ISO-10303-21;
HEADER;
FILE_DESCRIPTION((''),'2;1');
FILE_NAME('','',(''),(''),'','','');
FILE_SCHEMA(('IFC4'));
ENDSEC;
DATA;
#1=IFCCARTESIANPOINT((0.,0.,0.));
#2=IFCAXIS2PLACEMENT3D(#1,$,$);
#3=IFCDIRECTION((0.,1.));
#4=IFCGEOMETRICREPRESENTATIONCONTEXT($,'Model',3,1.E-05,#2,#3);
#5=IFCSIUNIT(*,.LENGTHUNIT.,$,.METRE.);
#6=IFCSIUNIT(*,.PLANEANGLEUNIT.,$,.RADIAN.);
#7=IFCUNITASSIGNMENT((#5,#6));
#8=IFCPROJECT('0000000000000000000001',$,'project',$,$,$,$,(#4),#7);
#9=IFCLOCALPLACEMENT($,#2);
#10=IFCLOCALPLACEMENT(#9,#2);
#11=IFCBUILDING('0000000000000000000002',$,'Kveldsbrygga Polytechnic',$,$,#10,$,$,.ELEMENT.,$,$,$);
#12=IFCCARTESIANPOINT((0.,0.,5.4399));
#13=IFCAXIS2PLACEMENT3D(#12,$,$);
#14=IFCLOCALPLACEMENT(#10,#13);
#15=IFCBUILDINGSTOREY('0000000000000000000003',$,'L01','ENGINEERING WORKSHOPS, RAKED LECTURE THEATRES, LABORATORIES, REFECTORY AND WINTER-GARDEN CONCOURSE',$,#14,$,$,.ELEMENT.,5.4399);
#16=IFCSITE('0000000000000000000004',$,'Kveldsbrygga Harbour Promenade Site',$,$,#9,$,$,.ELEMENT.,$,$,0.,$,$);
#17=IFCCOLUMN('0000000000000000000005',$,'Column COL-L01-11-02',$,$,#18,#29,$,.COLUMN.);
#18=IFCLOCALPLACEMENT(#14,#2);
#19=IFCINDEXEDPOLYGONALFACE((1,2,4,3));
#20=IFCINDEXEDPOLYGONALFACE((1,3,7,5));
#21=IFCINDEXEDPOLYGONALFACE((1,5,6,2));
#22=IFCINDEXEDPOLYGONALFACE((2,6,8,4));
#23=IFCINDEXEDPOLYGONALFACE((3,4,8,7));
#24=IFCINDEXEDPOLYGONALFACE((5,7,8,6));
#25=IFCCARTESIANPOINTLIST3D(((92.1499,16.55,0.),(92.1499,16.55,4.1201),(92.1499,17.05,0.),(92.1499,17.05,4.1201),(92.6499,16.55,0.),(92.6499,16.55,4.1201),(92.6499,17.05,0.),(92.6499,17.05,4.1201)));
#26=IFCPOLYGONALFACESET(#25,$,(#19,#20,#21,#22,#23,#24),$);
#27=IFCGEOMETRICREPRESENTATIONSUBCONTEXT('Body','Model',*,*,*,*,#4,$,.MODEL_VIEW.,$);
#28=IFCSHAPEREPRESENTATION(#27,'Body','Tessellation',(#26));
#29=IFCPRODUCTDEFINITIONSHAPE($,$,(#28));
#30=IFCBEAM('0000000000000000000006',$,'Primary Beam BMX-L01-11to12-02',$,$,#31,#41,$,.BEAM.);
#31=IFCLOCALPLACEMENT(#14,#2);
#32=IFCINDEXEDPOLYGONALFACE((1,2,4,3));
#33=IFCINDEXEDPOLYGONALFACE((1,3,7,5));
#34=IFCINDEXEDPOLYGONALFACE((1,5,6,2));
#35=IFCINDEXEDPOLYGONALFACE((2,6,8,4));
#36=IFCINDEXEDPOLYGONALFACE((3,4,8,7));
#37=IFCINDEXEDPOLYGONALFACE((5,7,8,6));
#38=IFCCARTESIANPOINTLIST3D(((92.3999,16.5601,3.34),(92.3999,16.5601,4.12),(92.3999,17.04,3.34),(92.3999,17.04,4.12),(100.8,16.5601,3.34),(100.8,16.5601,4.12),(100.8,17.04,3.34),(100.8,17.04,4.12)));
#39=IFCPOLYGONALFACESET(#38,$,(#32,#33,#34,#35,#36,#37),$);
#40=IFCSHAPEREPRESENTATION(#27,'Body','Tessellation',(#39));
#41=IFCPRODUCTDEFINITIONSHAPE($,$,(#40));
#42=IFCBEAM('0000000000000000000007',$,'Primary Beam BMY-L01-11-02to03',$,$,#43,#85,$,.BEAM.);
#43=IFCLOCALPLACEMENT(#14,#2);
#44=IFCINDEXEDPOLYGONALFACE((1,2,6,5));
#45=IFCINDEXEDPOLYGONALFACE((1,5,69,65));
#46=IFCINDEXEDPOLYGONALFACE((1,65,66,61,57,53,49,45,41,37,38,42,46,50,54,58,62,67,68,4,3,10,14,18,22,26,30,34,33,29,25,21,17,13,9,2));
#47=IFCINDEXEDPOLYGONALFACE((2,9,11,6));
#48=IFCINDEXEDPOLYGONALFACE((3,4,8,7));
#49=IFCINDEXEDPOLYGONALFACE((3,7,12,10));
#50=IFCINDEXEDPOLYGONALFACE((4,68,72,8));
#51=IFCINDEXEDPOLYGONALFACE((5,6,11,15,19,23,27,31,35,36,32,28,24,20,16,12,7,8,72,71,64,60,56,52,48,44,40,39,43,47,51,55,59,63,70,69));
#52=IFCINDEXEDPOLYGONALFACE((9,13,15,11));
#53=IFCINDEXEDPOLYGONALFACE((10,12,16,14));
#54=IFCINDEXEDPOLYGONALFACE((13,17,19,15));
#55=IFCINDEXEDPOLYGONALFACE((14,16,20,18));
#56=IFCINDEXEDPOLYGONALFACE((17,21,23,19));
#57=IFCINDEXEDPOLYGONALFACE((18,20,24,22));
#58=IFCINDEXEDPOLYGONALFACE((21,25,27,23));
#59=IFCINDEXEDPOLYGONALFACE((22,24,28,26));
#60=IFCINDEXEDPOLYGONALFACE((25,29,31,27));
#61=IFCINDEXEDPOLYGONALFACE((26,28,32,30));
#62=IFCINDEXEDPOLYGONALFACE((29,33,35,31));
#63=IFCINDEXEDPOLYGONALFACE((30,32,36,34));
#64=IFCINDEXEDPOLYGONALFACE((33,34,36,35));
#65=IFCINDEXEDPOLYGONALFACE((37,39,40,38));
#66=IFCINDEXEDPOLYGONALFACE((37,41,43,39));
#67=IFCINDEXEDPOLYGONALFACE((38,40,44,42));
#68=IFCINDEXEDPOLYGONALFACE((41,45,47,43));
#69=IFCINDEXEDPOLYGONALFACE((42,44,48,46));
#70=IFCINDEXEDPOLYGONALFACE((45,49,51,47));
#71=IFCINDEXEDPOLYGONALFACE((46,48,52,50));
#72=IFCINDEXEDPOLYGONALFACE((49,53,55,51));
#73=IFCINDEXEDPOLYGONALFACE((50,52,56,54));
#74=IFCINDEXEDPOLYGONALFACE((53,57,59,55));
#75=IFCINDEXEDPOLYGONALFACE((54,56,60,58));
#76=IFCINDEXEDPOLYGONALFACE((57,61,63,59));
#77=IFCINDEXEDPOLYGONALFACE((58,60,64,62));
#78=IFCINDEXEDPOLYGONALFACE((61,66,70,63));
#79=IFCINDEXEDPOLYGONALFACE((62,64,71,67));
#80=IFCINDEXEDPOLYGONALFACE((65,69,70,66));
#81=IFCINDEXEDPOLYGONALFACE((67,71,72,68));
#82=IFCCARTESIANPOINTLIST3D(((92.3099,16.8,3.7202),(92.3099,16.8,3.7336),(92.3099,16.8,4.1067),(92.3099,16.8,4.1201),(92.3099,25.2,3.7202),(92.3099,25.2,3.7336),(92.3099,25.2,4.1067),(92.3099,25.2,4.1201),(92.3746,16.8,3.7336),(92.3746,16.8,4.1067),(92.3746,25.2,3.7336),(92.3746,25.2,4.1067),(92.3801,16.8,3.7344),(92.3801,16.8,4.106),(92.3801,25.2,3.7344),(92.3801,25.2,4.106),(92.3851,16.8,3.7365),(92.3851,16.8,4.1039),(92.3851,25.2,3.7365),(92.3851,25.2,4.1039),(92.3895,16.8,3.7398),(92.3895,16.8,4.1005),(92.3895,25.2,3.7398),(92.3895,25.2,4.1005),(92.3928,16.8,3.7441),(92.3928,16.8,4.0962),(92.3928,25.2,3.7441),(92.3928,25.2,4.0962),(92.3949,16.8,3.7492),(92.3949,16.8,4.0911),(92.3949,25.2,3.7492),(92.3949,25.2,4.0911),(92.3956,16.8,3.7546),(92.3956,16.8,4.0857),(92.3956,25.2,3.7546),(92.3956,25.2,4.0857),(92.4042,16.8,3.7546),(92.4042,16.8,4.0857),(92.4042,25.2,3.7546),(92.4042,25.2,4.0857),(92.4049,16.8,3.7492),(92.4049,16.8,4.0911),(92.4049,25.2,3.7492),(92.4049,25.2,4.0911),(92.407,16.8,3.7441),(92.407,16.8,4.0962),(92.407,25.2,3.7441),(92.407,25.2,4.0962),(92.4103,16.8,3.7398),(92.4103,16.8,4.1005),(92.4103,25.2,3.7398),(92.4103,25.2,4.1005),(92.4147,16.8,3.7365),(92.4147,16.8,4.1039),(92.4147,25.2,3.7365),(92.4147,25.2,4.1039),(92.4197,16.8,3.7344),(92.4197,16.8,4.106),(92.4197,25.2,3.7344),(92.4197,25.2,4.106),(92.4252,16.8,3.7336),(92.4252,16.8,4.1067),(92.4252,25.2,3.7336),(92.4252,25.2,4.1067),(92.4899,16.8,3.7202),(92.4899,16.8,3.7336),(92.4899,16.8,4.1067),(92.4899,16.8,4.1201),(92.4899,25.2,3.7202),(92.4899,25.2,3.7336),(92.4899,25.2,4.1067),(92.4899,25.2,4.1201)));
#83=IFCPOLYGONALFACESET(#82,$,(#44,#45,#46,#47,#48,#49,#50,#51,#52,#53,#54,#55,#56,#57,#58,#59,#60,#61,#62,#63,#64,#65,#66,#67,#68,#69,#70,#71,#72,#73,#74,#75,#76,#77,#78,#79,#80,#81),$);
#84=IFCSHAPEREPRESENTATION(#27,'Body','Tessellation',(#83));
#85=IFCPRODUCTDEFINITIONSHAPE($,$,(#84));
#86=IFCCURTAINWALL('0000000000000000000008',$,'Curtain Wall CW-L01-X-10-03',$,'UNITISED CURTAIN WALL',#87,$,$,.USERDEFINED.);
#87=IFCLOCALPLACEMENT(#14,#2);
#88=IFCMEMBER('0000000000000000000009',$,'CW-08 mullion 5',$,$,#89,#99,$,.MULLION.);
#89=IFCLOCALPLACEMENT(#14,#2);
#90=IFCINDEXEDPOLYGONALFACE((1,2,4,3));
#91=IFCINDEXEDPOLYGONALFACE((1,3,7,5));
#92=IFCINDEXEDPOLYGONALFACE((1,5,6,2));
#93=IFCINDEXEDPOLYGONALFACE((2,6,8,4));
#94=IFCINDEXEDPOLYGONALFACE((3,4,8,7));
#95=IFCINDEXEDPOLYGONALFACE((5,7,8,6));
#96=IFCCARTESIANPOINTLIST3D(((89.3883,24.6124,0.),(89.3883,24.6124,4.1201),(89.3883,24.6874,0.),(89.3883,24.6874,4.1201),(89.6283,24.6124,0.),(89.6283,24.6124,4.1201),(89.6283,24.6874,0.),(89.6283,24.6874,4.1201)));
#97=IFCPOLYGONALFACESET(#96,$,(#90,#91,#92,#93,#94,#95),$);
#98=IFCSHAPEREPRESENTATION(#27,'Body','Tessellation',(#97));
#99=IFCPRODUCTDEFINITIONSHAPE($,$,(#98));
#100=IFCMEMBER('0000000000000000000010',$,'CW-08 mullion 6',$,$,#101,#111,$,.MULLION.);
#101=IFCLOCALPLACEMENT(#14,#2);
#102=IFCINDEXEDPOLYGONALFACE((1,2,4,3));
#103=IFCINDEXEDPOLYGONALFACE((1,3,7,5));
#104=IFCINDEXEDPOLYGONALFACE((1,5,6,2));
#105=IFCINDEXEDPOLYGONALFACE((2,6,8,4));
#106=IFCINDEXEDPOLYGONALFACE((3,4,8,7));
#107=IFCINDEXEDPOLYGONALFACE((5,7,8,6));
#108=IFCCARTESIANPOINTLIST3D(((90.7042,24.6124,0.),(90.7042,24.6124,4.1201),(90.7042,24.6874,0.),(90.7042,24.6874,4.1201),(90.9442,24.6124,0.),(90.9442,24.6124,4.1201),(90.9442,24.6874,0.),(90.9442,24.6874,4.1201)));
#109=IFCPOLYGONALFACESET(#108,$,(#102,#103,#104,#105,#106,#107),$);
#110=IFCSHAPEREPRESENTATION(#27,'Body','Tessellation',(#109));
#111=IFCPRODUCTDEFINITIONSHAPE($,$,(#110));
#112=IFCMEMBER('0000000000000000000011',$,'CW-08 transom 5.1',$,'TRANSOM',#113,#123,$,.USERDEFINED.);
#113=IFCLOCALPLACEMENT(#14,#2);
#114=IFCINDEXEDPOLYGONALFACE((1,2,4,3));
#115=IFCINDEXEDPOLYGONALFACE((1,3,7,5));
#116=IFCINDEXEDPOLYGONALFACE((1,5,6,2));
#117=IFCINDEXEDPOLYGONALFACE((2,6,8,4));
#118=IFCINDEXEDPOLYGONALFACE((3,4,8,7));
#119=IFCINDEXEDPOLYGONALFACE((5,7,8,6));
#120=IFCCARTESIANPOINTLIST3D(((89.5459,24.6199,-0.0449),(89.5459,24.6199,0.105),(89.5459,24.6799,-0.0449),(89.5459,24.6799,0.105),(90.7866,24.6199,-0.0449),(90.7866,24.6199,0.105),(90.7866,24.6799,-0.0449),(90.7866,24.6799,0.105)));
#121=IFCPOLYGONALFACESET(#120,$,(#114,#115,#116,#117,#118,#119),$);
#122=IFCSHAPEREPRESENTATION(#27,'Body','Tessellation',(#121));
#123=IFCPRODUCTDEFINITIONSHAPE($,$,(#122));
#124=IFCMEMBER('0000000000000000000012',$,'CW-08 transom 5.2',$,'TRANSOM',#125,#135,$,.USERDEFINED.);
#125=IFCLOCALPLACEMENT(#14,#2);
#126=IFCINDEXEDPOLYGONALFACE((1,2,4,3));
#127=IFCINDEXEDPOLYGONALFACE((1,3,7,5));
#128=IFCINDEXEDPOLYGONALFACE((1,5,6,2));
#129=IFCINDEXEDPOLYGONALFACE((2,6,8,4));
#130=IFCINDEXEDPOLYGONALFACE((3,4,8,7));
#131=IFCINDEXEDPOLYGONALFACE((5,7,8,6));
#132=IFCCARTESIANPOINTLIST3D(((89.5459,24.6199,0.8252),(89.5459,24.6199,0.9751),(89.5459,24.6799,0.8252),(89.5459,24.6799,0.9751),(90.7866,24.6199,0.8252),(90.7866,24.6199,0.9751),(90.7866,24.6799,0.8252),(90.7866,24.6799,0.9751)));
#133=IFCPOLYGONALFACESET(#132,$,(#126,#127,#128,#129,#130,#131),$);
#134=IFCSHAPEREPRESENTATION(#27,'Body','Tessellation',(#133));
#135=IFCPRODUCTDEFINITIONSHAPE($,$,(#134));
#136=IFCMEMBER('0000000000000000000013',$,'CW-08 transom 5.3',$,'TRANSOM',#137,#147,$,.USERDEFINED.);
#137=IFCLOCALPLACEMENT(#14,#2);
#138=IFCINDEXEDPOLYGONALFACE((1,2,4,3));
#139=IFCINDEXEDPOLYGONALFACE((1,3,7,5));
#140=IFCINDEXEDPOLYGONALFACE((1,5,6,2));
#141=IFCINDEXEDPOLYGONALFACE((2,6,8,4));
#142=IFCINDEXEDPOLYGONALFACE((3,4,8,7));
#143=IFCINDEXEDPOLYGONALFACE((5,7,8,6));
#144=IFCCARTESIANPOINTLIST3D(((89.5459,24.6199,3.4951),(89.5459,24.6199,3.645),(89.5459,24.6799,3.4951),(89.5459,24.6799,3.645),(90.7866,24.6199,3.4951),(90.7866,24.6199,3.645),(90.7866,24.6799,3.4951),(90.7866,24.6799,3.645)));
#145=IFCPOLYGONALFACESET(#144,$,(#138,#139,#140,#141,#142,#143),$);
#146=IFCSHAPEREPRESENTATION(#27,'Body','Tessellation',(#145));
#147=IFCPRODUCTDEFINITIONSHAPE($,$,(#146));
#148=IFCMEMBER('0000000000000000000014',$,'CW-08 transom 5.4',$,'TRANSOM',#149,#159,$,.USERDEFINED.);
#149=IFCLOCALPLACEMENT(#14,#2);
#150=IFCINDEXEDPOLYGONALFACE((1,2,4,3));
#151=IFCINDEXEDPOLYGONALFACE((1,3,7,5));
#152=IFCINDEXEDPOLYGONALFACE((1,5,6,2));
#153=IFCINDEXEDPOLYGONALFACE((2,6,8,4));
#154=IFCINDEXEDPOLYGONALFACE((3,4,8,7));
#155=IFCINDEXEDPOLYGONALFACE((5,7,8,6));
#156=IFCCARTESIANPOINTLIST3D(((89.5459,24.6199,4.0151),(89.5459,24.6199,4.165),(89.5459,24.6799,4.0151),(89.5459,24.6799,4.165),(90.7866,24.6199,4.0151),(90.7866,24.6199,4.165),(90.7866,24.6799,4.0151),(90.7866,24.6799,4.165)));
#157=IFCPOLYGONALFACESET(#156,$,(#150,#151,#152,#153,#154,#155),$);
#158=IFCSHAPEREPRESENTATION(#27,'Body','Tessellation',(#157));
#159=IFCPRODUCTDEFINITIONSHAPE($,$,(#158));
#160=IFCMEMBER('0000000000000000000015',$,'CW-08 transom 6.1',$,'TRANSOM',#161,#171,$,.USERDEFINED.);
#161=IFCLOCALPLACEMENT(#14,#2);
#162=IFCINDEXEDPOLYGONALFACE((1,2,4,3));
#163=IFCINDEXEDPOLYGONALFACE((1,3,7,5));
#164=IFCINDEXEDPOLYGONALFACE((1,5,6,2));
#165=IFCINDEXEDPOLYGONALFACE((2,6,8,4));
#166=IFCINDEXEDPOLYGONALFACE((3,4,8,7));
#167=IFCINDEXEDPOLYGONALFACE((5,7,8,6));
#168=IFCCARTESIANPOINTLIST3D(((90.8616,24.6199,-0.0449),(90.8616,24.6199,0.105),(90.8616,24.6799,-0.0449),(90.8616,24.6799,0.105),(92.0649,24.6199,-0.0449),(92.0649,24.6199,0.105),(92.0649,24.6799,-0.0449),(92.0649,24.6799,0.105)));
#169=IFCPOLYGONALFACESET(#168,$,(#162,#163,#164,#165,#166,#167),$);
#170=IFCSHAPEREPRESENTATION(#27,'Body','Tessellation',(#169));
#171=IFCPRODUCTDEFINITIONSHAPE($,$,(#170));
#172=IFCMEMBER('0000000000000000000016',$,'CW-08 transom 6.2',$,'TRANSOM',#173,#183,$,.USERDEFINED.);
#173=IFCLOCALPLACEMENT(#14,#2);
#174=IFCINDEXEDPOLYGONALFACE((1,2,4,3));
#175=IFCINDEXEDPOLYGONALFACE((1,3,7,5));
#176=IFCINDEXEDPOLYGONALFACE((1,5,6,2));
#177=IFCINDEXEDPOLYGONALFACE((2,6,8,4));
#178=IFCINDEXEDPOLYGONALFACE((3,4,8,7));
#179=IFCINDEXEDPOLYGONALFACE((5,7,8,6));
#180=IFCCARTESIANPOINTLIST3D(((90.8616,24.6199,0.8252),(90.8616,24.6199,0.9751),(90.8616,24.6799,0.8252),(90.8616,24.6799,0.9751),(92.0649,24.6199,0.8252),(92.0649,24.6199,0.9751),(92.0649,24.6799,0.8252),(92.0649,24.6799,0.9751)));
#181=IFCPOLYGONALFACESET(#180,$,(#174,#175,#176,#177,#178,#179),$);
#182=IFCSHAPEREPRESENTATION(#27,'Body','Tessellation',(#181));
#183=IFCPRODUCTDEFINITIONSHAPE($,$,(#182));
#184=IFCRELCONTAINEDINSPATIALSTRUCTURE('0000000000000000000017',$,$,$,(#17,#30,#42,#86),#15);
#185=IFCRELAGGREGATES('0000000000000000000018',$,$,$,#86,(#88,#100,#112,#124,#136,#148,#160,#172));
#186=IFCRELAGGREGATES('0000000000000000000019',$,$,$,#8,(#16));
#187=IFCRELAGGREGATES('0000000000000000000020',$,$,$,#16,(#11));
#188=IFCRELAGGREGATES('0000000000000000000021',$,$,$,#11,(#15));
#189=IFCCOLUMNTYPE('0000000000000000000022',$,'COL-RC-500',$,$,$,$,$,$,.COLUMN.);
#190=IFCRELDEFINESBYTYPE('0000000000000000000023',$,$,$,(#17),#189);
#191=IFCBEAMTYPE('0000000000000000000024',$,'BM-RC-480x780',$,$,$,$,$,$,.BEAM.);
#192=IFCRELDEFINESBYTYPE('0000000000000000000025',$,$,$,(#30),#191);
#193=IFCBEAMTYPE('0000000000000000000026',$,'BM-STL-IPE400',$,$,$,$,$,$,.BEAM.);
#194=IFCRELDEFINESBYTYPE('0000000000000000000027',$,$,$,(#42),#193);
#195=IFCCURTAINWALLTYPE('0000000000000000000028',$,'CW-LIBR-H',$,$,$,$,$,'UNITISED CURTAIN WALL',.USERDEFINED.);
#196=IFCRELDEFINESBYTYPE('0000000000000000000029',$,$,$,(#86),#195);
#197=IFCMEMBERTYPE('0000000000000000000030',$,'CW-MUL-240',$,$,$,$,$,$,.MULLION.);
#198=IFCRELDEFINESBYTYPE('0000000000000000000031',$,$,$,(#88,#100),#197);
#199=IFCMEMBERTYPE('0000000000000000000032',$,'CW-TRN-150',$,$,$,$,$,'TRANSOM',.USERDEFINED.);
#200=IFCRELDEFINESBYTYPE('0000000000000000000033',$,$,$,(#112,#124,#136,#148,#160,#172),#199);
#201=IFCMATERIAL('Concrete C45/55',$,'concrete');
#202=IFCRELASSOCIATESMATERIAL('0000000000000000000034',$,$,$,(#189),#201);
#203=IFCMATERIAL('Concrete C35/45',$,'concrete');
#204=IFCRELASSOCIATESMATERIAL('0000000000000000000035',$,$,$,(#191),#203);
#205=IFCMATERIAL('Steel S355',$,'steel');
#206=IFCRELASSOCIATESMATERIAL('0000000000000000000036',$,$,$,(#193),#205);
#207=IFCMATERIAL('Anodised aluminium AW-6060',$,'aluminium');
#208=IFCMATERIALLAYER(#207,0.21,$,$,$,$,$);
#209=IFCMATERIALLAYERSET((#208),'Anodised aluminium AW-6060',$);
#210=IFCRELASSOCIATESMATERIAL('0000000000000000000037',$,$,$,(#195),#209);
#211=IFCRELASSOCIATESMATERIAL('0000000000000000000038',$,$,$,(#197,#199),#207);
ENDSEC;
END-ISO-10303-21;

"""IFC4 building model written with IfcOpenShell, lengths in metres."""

from ifc_helpers import new_model, si_unit, direction, frame, origin, origin_2d, place, context, subcontext, project, spatial, rectangle, i_section, extrude, material, layer, layer_set, material_profile, profile_set, type_object, element, aggregate, save


model = new_model("IFC4")

# Units and contexts
model_context = context("Model", 3, precision=1e-05, world=origin(), true_north=direction((0.0, 1.0)))
body_context = subcontext(model_context, "Body", "Model", "MODEL_VIEW")
ifc_project = project(units=[si_unit("LENGTHUNIT", "METRE"), si_unit("PLANEANGLEUNIT", "RADIAN")], contexts=[model_context])

# Site, building, storey
site_placement = place(None, origin())
site = spatial("IfcSite", under=ifc_project, at=site_placement, Name="Kveldsbrygga Harbour Promenade Site", CompositionType="ELEMENT", RefElevation=0.0)
building_placement = place(site_placement, origin())
building = spatial("IfcBuilding", under=site, at=building_placement, Name="Kveldsbrygga Polytechnic", CompositionType="ELEMENT")
storey_placement = place(building_placement, frame((0.0, 0.0, 5.4399)))
storey = spatial("IfcBuildingStorey", under=building, at=storey_placement, Name="L01", Description="ENGINEERING WORKSHOPS, RAKED LECTURE THEATRES, LABORATORIES, REFECTORY AND WINTER-GARDEN CONCOURSE", CompositionType="ELEMENT", Elevation=5.4399)

# Column
ifc_material_1 = material(Name="Concrete C45/55", Category="concrete")
ifc_material_profile_1 = material_profile(ifc_material_1, rectangle(XDim=0.5, YDim=0.5, at=origin_2d()), Name="RC 500x500")
ifc_profile_set_1 = profile_set([ifc_material_profile_1], Name="Concrete C45/55")
column_type = type_object("IfcColumnType", Name="COL-RC-500", PredefinedType="COLUMN", material=ifc_profile_set_1)
column_placement = place(storey_placement, frame((92.3999, 16.8, 0.0), z_axis=(0.0, 0.0, 1.0), x_axis=(1.0, 0.0, 0.0)))
element("IfcColumn", 1, at=column_placement, inside=storey, type_object=column_type, Name="Column COL-L01-11-02", PredefinedType="COLUMN", context=body_context, shape_type="SweptSolid", body=[
    extrude(rectangle(XDim=0.5, YDim=0.5, at=origin_2d()), origin(), (0.0, 0.0, 1.0), 4.1201),
])

# Beams
ifc_material_2 = material(Name="Concrete C35/45", Category="concrete")
ifc_material_profile_2 = material_profile(ifc_material_2, rectangle(XDim=0.48, YDim=0.78, at=origin_2d()), Name="RC 480x780")
ifc_profile_set_2 = profile_set([ifc_material_profile_2], Name="Concrete C35/45")
beam_type_1 = type_object("IfcBeamType", Name="BM-RC-480x780", PredefinedType="BEAM", material=ifc_profile_set_2)
beam_1_placement = place(storey_placement, frame((92.3999, 16.8, 3.73), z_axis=(1.0, 0.0, 0.0), x_axis=(0.0, 1.0, 0.0)))
element("IfcBeam", 2, at=beam_1_placement, inside=storey, type_object=beam_type_1, Name="Primary Beam BMX-L01-11to12-02", PredefinedType="BEAM", context=body_context, shape_type="SweptSolid", body=[
    extrude(rectangle(XDim=0.48, YDim=0.78, at=origin_2d()), origin(), (0.0, 0.0, 1.0), 8.4001),
])
ifc_material_3 = material(Name="Steel S355", Category="steel")
ifc_material_profile_3 = material_profile(ifc_material_3, i_section(OverallWidth=0.1799, OverallDepth=0.3999, WebThickness=0.0085, FlangeThickness=0.0134, FilletRadius=0.021, at=origin_2d()), Name="IPE 400")
ifc_profile_set_3 = profile_set([ifc_material_profile_3], Name="Steel S355")
beam_type_2 = type_object("IfcBeamType", Name="BM-STL-IPE400", PredefinedType="BEAM", material=ifc_profile_set_3)
beam_2_placement = place(storey_placement, frame((92.3999, 16.8, 3.9202), z_axis=(0.0, 1.0, 0.0), x_axis=(-1.0, 0.0, 0.0)))
element("IfcBeam", 3, at=beam_2_placement, inside=storey, type_object=beam_type_2, Name="Primary Beam BMY-L01-11-02to03", PredefinedType="BEAM", context=body_context, shape_type="SweptSolid", body=[
    extrude(i_section(OverallWidth=0.1799, OverallDepth=0.3999, WebThickness=0.0085, FlangeThickness=0.0134, FilletRadius=0.021, at=origin_2d()), origin(), (0.0, 0.0, 1.0), 8.3999),
])

# Curtain wall, members
ifc_material_4 = material(Name="Anodised aluminium AW-6060", Category="aluminium")
ifc_layer_1 = layer(ifc_material_4, 0.21)
ifc_layer_set_1 = layer_set([ifc_layer_1], Name="Anodised aluminium AW-6060")
curtain_wall_type = type_object("IfcCurtainWallType", Name="CW-LIBR-H", ElementType="UNITISED CURTAIN WALL", PredefinedType="USERDEFINED", material=ifc_layer_set_1)
curtain_wall_placement = place(storey_placement, origin())
curtain_wall = element("IfcCurtainWall", 4, at=curtain_wall_placement, inside=storey, type_object=curtain_wall_type, Name="Curtain Wall CW-L01-X-10-03", ObjectType="UNITISED CURTAIN WALL", PredefinedType="USERDEFINED")
ifc_material_profile_4 = material_profile(ifc_material_4, rectangle(XDim=0.075, YDim=0.24, at=origin_2d()), Name="ALU 75x240")
ifc_profile_set_4 = profile_set([ifc_material_profile_4], Name="Anodised aluminium AW-6060")
member_type_1 = type_object("IfcMemberType", Name="CW-MUL-240", PredefinedType="MULLION", material=ifc_profile_set_4)
member_1_placement = place(storey_placement, frame((89.5083, 24.6499, 0.0), z_axis=(0.0, 0.0, 1.0), x_axis=(0.0, 1.0, 0.0)))
member_1 = element("IfcMember", 5, at=member_1_placement, type_object=member_type_1, Name="CW-08 mullion 5", PredefinedType="MULLION", context=body_context, shape_type="SweptSolid", body=[
    extrude(rectangle(XDim=0.075, YDim=0.24, at=origin_2d()), origin(), (0.0, 0.0, 1.0), 4.1201),
])
member_2_placement = place(storey_placement, frame((90.8242, 24.6499, 0.0), z_axis=(0.0, 0.0, 1.0), x_axis=(0.0, 1.0, 0.0)))
member_2 = element("IfcMember", 6, at=member_2_placement, type_object=member_type_1, Name="CW-08 mullion 6", PredefinedType="MULLION", context=body_context, shape_type="SweptSolid", body=[
    extrude(rectangle(XDim=0.075, YDim=0.24, at=origin_2d()), origin(), (0.0, 0.0, 1.0), 4.1201),
])
ifc_material_profile_5 = material_profile(ifc_material_4, rectangle(XDim=0.0601, YDim=0.1499, at=origin_2d()), Name="ALU 60x150")
ifc_profile_set_5 = profile_set([ifc_material_profile_5], Name="Anodised aluminium AW-6060")
member_type_2 = type_object("IfcMemberType", Name="CW-TRN-150", ElementType="TRANSOM", PredefinedType="USERDEFINED", material=ifc_profile_set_5)
member_3_placement = place(storey_placement, frame((89.5459, 24.6499, 0.03), z_axis=(1.0, 0.0, 0.0), x_axis=(0.0, 1.0, 0.0)))
member_3 = element("IfcMember", 7, at=member_3_placement, type_object=member_type_2, Name="CW-08 transom 5.1", ObjectType="TRANSOM", PredefinedType="USERDEFINED", context=body_context, shape_type="SweptSolid", body=[
    extrude(rectangle(XDim=0.0601, YDim=0.1499, at=origin_2d()), origin(), (0.0, 0.0, 1.0), 1.2407),
])
member_4_placement = place(storey_placement, frame((89.5459, 24.6499, 0.9001), z_axis=(1.0, 0.0, 0.0), x_axis=(0.0, 1.0, 0.0)))
member_4 = element("IfcMember", 8, at=member_4_placement, type_object=member_type_2, Name="CW-08 transom 5.2", ObjectType="TRANSOM", PredefinedType="USERDEFINED", context=body_context, shape_type="SweptSolid", body=[
    extrude(rectangle(XDim=0.0601, YDim=0.1499, at=origin_2d()), origin(), (0.0, 0.0, 1.0), 1.2407),
])
member_5_placement = place(storey_placement, frame((89.5459, 24.6499, 3.5701), z_axis=(1.0, 0.0, 0.0), x_axis=(0.0, 1.0, 0.0)))
member_5 = element("IfcMember", 9, at=member_5_placement, type_object=member_type_2, Name="CW-08 transom 5.3", ObjectType="TRANSOM", PredefinedType="USERDEFINED", context=body_context, shape_type="SweptSolid", body=[
    extrude(rectangle(XDim=0.0601, YDim=0.1499, at=origin_2d()), origin(), (0.0, 0.0, 1.0), 1.2407),
])
member_6_placement = place(storey_placement, frame((89.5459, 24.6499, 4.0901), z_axis=(1.0, 0.0, 0.0), x_axis=(0.0, 1.0, 0.0)))
member_6 = element("IfcMember", 10, at=member_6_placement, type_object=member_type_2, Name="CW-08 transom 5.4", ObjectType="TRANSOM", PredefinedType="USERDEFINED", context=body_context, shape_type="SweptSolid", body=[
    extrude(rectangle(XDim=0.0601, YDim=0.1499, at=origin_2d()), origin(), (0.0, 0.0, 1.0), 1.2407),
])
member_7_placement = place(storey_placement, frame((90.8616, 24.6499, 0.03), z_axis=(1.0, 0.0, 0.0), x_axis=(0.0, 1.0, 0.0)))
member_7 = element("IfcMember", 11, at=member_7_placement, type_object=member_type_2, Name="CW-08 transom 6.1", ObjectType="TRANSOM", PredefinedType="USERDEFINED", context=body_context, shape_type="SweptSolid", body=[
    extrude(rectangle(XDim=0.0601, YDim=0.1499, at=origin_2d()), origin(), (0.0, 0.0, 1.0), 1.2034),
])
member_8_placement = place(storey_placement, frame((90.8616, 24.6499, 0.9001), z_axis=(1.0, 0.0, 0.0), x_axis=(0.0, 1.0, 0.0)))
member_8 = element("IfcMember", 12, at=member_8_placement, type_object=member_type_2, Name="CW-08 transom 6.2", ObjectType="TRANSOM", PredefinedType="USERDEFINED", context=body_context, shape_type="SweptSolid", body=[
    extrude(rectangle(XDim=0.0601, YDim=0.1499, at=origin_2d()), origin(), (0.0, 0.0, 1.0), 1.2034),
])
aggregate(curtain_wall, [member_1, member_2, member_3, member_4, member_5, member_6, member_7, member_8])

save(model, "model.ifc")
